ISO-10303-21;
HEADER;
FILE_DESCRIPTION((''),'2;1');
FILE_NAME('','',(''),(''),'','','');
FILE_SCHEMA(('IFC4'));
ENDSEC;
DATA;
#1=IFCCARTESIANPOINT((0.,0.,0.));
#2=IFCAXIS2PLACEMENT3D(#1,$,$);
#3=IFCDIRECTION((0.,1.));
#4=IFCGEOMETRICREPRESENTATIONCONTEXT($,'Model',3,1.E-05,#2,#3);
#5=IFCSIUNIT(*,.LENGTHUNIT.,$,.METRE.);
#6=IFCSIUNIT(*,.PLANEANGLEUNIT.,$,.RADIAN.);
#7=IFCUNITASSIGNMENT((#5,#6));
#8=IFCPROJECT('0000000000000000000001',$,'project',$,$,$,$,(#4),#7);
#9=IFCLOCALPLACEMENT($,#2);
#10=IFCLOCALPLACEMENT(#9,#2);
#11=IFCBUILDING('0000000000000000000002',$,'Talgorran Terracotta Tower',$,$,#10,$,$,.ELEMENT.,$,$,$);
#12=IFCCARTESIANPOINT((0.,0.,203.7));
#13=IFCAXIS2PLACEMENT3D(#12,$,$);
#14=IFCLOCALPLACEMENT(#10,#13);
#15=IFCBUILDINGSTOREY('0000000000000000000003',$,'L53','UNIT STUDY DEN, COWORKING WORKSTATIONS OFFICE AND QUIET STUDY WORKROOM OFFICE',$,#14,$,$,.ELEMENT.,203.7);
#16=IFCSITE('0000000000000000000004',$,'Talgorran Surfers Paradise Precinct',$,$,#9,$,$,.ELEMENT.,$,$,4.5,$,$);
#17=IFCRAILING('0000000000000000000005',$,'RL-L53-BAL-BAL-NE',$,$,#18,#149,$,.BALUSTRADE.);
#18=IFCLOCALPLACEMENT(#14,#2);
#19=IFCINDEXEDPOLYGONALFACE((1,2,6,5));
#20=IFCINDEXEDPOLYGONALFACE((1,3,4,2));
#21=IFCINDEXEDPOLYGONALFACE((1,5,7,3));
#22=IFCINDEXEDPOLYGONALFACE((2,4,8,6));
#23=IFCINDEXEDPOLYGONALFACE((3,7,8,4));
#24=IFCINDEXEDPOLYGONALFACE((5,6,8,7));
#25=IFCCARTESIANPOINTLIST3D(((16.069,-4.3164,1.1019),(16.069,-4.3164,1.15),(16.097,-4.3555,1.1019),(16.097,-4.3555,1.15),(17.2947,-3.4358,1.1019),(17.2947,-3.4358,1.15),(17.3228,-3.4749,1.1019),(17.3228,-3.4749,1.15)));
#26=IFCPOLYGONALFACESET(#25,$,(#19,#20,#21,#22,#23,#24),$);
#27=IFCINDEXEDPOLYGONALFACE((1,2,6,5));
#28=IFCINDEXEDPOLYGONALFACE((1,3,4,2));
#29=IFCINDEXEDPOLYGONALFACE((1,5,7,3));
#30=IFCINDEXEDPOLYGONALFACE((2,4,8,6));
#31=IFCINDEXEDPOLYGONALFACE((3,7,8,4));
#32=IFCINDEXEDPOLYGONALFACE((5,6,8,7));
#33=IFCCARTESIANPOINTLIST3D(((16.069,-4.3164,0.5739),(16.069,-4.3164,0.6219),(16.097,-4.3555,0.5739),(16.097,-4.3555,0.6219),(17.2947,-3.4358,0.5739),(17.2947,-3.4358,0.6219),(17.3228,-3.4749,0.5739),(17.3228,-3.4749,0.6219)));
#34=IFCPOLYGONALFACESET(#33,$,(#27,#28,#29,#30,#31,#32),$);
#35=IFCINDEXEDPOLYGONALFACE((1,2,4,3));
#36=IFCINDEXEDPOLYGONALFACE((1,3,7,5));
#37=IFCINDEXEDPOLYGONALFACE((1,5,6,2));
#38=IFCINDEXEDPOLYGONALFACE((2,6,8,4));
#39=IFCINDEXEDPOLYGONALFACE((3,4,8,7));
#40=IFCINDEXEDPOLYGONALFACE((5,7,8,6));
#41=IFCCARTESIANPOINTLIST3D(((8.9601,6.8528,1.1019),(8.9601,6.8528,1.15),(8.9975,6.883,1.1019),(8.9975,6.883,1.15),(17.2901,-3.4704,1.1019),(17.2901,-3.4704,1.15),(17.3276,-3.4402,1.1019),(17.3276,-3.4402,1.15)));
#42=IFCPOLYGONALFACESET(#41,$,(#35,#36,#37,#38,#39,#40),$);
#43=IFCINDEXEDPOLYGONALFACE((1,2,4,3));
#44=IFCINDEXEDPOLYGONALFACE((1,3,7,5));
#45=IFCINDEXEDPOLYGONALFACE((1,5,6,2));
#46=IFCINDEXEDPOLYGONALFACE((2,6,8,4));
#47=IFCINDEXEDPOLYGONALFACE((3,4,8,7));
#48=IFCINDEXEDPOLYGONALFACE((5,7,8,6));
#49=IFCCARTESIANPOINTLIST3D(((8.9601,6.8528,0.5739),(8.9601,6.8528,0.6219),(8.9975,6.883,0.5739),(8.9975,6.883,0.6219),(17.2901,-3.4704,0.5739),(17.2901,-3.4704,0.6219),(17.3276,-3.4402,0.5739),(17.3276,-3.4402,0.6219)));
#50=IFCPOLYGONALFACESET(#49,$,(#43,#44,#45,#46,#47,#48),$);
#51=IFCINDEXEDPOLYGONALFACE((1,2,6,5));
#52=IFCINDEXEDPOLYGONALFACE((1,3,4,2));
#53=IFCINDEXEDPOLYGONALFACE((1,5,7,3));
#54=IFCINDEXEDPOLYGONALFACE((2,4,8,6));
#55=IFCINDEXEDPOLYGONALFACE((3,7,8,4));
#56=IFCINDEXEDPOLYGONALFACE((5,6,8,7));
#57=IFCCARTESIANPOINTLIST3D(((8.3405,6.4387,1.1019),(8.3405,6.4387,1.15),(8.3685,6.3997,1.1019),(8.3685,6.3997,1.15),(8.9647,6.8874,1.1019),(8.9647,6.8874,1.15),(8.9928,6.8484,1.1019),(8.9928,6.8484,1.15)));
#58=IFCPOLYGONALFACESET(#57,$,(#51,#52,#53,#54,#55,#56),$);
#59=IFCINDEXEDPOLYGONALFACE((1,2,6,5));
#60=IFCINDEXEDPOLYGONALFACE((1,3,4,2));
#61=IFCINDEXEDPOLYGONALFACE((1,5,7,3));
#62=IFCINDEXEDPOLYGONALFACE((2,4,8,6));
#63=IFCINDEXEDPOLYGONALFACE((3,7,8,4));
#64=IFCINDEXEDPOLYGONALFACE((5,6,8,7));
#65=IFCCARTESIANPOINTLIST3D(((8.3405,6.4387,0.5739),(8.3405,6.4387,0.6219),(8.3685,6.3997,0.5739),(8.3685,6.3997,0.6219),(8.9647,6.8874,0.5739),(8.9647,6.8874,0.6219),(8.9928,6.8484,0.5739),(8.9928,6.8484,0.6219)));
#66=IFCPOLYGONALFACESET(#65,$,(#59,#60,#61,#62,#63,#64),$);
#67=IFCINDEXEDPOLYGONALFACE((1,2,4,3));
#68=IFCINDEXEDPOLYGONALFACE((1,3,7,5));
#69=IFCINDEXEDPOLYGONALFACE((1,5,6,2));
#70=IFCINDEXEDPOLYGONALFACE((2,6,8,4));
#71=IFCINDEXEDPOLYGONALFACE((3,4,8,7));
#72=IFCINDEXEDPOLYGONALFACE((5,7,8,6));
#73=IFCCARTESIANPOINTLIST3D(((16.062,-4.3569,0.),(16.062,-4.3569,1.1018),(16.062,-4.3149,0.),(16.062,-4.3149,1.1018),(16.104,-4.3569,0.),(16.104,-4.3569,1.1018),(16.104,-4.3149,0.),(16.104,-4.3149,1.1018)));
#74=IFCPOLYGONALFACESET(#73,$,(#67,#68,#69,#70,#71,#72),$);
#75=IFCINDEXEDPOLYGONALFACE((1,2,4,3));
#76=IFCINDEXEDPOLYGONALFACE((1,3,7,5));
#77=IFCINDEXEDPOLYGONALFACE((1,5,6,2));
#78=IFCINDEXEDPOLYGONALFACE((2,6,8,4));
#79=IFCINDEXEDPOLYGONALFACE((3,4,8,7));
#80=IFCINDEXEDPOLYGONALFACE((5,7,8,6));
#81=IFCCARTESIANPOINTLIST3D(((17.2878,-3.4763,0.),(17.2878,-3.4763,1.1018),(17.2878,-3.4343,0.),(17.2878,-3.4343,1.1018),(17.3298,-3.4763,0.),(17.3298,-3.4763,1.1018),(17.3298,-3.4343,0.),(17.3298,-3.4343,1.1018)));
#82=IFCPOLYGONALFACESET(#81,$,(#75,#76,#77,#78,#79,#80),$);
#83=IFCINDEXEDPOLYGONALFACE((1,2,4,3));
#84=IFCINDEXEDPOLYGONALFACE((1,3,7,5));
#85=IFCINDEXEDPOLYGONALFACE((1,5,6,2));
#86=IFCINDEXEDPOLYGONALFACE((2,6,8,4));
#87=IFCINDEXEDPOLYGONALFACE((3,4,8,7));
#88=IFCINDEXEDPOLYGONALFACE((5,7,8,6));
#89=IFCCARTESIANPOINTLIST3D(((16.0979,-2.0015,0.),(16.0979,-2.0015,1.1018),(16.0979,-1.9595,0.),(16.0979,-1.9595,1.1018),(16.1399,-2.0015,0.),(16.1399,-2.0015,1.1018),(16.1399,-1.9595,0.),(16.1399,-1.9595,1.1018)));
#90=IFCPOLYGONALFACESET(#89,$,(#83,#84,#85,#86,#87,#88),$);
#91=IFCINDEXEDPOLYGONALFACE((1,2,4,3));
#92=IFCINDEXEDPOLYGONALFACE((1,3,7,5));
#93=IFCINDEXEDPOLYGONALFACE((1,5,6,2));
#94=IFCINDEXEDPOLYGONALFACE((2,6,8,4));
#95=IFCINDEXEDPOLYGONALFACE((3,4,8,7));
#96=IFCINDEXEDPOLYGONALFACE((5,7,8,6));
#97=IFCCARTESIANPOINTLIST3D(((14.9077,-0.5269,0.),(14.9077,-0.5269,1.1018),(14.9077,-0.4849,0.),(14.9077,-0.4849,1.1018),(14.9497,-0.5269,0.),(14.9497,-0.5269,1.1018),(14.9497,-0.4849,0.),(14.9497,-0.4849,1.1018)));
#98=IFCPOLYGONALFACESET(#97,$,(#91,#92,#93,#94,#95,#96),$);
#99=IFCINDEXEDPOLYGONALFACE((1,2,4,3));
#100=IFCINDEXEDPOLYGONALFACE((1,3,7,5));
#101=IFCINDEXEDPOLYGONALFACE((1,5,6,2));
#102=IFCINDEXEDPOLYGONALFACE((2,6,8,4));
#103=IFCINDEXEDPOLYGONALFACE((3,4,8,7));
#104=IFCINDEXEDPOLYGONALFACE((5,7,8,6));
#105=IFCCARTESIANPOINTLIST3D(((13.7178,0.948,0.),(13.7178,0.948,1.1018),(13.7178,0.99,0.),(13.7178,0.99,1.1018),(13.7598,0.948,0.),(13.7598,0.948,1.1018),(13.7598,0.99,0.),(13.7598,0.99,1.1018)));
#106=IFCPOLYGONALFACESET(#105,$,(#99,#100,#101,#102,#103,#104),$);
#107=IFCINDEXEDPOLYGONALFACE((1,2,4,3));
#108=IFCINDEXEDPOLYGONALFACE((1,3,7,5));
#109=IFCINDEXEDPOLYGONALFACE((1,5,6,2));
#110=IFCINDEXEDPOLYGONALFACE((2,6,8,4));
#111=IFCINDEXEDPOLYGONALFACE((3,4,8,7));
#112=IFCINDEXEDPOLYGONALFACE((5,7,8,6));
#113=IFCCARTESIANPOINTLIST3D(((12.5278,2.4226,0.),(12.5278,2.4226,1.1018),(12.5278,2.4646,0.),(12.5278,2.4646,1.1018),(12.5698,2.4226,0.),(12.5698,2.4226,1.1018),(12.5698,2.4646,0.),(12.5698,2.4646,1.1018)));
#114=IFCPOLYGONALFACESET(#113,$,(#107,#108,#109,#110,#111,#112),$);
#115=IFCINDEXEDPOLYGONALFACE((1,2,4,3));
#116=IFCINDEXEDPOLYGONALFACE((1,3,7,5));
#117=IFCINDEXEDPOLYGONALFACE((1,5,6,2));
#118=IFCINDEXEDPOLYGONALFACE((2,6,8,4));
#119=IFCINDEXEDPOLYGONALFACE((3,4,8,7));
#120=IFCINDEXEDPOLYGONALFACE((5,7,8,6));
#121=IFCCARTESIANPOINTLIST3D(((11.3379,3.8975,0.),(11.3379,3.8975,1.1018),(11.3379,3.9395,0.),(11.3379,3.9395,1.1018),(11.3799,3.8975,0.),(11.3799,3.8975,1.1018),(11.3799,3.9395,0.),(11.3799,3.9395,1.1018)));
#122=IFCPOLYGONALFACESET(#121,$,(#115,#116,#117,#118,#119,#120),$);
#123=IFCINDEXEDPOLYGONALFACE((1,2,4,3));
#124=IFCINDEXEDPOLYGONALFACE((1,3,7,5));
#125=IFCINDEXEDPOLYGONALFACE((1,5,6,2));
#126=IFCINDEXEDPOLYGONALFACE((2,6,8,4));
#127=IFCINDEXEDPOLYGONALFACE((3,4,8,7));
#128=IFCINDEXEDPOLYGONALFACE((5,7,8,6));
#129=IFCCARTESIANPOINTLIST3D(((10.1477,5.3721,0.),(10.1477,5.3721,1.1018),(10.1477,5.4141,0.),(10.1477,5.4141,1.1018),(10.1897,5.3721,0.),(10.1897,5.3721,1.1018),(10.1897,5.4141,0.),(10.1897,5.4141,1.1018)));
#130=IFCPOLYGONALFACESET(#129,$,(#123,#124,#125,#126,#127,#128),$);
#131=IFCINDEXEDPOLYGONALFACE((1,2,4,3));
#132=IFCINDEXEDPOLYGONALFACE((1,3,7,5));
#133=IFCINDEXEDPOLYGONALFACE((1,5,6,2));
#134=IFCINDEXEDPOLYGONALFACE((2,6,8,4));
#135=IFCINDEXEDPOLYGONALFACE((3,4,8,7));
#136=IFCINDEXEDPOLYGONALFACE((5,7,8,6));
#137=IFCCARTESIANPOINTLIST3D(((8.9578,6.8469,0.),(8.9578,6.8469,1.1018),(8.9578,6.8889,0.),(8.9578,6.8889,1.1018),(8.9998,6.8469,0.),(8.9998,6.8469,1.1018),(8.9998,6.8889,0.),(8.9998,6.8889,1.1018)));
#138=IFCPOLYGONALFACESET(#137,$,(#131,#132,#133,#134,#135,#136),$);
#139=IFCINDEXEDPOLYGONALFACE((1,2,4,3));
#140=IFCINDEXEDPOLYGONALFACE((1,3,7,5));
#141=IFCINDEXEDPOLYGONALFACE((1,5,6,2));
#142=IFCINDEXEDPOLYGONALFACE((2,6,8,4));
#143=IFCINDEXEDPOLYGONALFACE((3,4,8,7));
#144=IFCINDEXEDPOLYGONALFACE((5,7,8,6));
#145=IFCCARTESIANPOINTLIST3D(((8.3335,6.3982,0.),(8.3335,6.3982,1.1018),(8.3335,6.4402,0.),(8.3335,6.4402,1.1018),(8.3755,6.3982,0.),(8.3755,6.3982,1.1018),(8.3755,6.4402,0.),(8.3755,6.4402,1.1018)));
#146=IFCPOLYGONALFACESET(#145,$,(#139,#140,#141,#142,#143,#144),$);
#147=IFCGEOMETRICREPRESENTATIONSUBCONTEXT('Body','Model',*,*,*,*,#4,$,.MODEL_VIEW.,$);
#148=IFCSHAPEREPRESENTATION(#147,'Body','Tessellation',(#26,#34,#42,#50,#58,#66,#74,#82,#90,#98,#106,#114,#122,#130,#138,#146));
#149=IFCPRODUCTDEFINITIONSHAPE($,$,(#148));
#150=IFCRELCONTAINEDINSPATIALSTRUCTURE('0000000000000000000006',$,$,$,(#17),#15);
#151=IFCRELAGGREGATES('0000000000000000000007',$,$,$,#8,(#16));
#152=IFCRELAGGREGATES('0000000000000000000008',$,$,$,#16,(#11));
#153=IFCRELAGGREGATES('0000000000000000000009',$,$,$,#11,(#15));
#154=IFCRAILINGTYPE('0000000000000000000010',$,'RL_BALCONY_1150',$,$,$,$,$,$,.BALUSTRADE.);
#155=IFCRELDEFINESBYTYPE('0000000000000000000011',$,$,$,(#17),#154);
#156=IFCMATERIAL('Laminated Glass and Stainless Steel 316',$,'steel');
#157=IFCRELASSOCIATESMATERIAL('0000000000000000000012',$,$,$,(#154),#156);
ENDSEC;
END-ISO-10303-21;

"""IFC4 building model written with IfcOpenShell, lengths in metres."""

from ifc_helpers import new_model, si_unit, direction, frame, origin, origin_2d, place, context, subcontext, project, spatial, rectangle, extrude, material, type_object, element, save


model = new_model("IFC4")

# Units and contexts
model_context = context("Model", 3, precision=1e-05, world=origin(), true_north=direction((0.0, 1.0)))
body_context = subcontext(model_context, "Body", "Model", "MODEL_VIEW")
ifc_project = project(units=[si_unit("LENGTHUNIT", "METRE"), si_unit("PLANEANGLEUNIT", "RADIAN")], contexts=[model_context])

# Site, building, storey
site_placement = place(None, origin())
site = spatial("IfcSite", under=ifc_project, at=site_placement, Name="Talgorran Surfers Paradise Precinct", CompositionType="ELEMENT", RefElevation=4.5)
building_placement = place(site_placement, origin())
building = spatial("IfcBuilding", under=site, at=building_placement, Name="Talgorran Terracotta Tower", CompositionType="ELEMENT")
storey_placement = place(building_placement, frame((0.0, 0.0, 203.7)))
storey = spatial("IfcBuildingStorey", under=building, at=storey_placement, Name="L53", Description="UNIT STUDY DEN, COWORKING WORKSTATIONS OFFICE AND QUIET STUDY WORKROOM OFFICE", CompositionType="ELEMENT", Elevation=203.7)

# Railing
ifc_material_1 = material(Name="Laminated Glass and Stainless Steel 316", Category="steel")
railing_type = type_object("IfcRailingType", Name="RL_BALCONY_1150", PredefinedType="BALUSTRADE", material=ifc_material_1)
railing_placement = place(storey_placement, frame((16.083, -4.3359, 0.0)))
element("IfcRailing", 1, at=railing_placement, inside=storey, type_object=railing_type, Name="RL-L53-BAL-BAL-NE", PredefinedType="BALUSTRADE", context=body_context, shape_type="SweptSolid", body=[
    extrude(rectangle(XDim=0.0481, YDim=0.0481, at=origin_2d()), frame((0.0, 0.0, 1.126), z_axis=(0.812157, 0.583439, 0.0), x_axis=(-0.583439, 0.812157, 0.0)), (0.0, 0.0, 1.0), 1.5093),
    extrude(rectangle(XDim=0.0481, YDim=0.0481, at=origin_2d()), frame((0.0, 0.0, 0.5979), z_axis=(0.812157, 0.583439, 0.0), x_axis=(-0.583439, 0.812157, 0.0)), (0.0, 0.0, 1.0), 1.5093),
    extrude(rectangle(XDim=0.0481, YDim=0.0481, at=origin_2d()), frame((1.2258, 0.8806, 1.126), z_axis=(-0.627975, 0.778233, 0.0), x_axis=(-0.778233, -0.627975, 0.0)), (0.0, 0.0, 1.0), 13.2649),
    extrude(rectangle(XDim=0.0481, YDim=0.0481, at=origin_2d()), frame((1.2258, 0.8806, 0.5979), z_axis=(-0.627975, 0.778233, 0.0), x_axis=(-0.778233, -0.627975, 0.0)), (0.0, 0.0, 1.0), 13.2649),
    extrude(rectangle(XDim=0.0481, YDim=0.0481, at=origin_2d()), frame((-7.1042, 11.2039, 1.126), z_axis=(-0.811992, -0.583669, 0.0), x_axis=(0.583669, -0.811992, 0.0)), (0.0, 0.0, 1.0), 0.7688),
    extrude(rectangle(XDim=0.0481, YDim=0.0481, at=origin_2d()), frame((-7.1042, 11.2039, 0.5979), z_axis=(-0.811992, -0.583669, 0.0), x_axis=(0.583669, -0.811992, 0.0)), (0.0, 0.0, 1.0), 0.7688),
    extrude(rectangle(XDim=0.042, YDim=0.042, at=origin_2d()), origin(), (0.0, 0.0, 1.0), 1.1018),
    extrude(rectangle(XDim=0.042, YDim=0.042, at=origin_2d()), frame((1.2258, 0.8806, 0.0)), (0.0, 0.0, 1.0), 1.1018),
    extrude(rectangle(XDim=0.042, YDim=0.042, at=origin_2d()), frame((0.0359, 2.3555, 0.0)), (0.0, 0.0, 1.0), 1.1018),
    extrude(rectangle(XDim=0.042, YDim=0.042, at=origin_2d()), frame((-1.1543, 3.8301, 0.0)), (0.0, 0.0, 1.0), 1.1018),
    extrude(rectangle(XDim=0.042, YDim=0.042, at=origin_2d()), frame((-2.3442, 5.3049, 0.0)), (0.0, 0.0, 1.0), 1.1018),
    extrude(rectangle(XDim=0.042, YDim=0.042, at=origin_2d()), frame((-3.5342, 6.7795, 0.0)), (0.0, 0.0, 1.0), 1.1018),
    extrude(rectangle(XDim=0.042, YDim=0.042, at=origin_2d()), frame((-4.7241, 8.2544, 0.0)), (0.0, 0.0, 1.0), 1.1018),
    extrude(rectangle(XDim=0.042, YDim=0.042, at=origin_2d()), frame((-5.9143, 9.729, 0.0)), (0.0, 0.0, 1.0), 1.1018),
    extrude(rectangle(XDim=0.042, YDim=0.042, at=origin_2d()), frame((-7.1042, 11.2039, 0.0)), (0.0, 0.0, 1.0), 1.1018),
    extrude(rectangle(XDim=0.042, YDim=0.042, at=origin_2d()), frame((-7.7285, 10.7551, 0.0)), (0.0, 0.0, 1.0), 1.1018),
])

save(model, "model.ifc")
